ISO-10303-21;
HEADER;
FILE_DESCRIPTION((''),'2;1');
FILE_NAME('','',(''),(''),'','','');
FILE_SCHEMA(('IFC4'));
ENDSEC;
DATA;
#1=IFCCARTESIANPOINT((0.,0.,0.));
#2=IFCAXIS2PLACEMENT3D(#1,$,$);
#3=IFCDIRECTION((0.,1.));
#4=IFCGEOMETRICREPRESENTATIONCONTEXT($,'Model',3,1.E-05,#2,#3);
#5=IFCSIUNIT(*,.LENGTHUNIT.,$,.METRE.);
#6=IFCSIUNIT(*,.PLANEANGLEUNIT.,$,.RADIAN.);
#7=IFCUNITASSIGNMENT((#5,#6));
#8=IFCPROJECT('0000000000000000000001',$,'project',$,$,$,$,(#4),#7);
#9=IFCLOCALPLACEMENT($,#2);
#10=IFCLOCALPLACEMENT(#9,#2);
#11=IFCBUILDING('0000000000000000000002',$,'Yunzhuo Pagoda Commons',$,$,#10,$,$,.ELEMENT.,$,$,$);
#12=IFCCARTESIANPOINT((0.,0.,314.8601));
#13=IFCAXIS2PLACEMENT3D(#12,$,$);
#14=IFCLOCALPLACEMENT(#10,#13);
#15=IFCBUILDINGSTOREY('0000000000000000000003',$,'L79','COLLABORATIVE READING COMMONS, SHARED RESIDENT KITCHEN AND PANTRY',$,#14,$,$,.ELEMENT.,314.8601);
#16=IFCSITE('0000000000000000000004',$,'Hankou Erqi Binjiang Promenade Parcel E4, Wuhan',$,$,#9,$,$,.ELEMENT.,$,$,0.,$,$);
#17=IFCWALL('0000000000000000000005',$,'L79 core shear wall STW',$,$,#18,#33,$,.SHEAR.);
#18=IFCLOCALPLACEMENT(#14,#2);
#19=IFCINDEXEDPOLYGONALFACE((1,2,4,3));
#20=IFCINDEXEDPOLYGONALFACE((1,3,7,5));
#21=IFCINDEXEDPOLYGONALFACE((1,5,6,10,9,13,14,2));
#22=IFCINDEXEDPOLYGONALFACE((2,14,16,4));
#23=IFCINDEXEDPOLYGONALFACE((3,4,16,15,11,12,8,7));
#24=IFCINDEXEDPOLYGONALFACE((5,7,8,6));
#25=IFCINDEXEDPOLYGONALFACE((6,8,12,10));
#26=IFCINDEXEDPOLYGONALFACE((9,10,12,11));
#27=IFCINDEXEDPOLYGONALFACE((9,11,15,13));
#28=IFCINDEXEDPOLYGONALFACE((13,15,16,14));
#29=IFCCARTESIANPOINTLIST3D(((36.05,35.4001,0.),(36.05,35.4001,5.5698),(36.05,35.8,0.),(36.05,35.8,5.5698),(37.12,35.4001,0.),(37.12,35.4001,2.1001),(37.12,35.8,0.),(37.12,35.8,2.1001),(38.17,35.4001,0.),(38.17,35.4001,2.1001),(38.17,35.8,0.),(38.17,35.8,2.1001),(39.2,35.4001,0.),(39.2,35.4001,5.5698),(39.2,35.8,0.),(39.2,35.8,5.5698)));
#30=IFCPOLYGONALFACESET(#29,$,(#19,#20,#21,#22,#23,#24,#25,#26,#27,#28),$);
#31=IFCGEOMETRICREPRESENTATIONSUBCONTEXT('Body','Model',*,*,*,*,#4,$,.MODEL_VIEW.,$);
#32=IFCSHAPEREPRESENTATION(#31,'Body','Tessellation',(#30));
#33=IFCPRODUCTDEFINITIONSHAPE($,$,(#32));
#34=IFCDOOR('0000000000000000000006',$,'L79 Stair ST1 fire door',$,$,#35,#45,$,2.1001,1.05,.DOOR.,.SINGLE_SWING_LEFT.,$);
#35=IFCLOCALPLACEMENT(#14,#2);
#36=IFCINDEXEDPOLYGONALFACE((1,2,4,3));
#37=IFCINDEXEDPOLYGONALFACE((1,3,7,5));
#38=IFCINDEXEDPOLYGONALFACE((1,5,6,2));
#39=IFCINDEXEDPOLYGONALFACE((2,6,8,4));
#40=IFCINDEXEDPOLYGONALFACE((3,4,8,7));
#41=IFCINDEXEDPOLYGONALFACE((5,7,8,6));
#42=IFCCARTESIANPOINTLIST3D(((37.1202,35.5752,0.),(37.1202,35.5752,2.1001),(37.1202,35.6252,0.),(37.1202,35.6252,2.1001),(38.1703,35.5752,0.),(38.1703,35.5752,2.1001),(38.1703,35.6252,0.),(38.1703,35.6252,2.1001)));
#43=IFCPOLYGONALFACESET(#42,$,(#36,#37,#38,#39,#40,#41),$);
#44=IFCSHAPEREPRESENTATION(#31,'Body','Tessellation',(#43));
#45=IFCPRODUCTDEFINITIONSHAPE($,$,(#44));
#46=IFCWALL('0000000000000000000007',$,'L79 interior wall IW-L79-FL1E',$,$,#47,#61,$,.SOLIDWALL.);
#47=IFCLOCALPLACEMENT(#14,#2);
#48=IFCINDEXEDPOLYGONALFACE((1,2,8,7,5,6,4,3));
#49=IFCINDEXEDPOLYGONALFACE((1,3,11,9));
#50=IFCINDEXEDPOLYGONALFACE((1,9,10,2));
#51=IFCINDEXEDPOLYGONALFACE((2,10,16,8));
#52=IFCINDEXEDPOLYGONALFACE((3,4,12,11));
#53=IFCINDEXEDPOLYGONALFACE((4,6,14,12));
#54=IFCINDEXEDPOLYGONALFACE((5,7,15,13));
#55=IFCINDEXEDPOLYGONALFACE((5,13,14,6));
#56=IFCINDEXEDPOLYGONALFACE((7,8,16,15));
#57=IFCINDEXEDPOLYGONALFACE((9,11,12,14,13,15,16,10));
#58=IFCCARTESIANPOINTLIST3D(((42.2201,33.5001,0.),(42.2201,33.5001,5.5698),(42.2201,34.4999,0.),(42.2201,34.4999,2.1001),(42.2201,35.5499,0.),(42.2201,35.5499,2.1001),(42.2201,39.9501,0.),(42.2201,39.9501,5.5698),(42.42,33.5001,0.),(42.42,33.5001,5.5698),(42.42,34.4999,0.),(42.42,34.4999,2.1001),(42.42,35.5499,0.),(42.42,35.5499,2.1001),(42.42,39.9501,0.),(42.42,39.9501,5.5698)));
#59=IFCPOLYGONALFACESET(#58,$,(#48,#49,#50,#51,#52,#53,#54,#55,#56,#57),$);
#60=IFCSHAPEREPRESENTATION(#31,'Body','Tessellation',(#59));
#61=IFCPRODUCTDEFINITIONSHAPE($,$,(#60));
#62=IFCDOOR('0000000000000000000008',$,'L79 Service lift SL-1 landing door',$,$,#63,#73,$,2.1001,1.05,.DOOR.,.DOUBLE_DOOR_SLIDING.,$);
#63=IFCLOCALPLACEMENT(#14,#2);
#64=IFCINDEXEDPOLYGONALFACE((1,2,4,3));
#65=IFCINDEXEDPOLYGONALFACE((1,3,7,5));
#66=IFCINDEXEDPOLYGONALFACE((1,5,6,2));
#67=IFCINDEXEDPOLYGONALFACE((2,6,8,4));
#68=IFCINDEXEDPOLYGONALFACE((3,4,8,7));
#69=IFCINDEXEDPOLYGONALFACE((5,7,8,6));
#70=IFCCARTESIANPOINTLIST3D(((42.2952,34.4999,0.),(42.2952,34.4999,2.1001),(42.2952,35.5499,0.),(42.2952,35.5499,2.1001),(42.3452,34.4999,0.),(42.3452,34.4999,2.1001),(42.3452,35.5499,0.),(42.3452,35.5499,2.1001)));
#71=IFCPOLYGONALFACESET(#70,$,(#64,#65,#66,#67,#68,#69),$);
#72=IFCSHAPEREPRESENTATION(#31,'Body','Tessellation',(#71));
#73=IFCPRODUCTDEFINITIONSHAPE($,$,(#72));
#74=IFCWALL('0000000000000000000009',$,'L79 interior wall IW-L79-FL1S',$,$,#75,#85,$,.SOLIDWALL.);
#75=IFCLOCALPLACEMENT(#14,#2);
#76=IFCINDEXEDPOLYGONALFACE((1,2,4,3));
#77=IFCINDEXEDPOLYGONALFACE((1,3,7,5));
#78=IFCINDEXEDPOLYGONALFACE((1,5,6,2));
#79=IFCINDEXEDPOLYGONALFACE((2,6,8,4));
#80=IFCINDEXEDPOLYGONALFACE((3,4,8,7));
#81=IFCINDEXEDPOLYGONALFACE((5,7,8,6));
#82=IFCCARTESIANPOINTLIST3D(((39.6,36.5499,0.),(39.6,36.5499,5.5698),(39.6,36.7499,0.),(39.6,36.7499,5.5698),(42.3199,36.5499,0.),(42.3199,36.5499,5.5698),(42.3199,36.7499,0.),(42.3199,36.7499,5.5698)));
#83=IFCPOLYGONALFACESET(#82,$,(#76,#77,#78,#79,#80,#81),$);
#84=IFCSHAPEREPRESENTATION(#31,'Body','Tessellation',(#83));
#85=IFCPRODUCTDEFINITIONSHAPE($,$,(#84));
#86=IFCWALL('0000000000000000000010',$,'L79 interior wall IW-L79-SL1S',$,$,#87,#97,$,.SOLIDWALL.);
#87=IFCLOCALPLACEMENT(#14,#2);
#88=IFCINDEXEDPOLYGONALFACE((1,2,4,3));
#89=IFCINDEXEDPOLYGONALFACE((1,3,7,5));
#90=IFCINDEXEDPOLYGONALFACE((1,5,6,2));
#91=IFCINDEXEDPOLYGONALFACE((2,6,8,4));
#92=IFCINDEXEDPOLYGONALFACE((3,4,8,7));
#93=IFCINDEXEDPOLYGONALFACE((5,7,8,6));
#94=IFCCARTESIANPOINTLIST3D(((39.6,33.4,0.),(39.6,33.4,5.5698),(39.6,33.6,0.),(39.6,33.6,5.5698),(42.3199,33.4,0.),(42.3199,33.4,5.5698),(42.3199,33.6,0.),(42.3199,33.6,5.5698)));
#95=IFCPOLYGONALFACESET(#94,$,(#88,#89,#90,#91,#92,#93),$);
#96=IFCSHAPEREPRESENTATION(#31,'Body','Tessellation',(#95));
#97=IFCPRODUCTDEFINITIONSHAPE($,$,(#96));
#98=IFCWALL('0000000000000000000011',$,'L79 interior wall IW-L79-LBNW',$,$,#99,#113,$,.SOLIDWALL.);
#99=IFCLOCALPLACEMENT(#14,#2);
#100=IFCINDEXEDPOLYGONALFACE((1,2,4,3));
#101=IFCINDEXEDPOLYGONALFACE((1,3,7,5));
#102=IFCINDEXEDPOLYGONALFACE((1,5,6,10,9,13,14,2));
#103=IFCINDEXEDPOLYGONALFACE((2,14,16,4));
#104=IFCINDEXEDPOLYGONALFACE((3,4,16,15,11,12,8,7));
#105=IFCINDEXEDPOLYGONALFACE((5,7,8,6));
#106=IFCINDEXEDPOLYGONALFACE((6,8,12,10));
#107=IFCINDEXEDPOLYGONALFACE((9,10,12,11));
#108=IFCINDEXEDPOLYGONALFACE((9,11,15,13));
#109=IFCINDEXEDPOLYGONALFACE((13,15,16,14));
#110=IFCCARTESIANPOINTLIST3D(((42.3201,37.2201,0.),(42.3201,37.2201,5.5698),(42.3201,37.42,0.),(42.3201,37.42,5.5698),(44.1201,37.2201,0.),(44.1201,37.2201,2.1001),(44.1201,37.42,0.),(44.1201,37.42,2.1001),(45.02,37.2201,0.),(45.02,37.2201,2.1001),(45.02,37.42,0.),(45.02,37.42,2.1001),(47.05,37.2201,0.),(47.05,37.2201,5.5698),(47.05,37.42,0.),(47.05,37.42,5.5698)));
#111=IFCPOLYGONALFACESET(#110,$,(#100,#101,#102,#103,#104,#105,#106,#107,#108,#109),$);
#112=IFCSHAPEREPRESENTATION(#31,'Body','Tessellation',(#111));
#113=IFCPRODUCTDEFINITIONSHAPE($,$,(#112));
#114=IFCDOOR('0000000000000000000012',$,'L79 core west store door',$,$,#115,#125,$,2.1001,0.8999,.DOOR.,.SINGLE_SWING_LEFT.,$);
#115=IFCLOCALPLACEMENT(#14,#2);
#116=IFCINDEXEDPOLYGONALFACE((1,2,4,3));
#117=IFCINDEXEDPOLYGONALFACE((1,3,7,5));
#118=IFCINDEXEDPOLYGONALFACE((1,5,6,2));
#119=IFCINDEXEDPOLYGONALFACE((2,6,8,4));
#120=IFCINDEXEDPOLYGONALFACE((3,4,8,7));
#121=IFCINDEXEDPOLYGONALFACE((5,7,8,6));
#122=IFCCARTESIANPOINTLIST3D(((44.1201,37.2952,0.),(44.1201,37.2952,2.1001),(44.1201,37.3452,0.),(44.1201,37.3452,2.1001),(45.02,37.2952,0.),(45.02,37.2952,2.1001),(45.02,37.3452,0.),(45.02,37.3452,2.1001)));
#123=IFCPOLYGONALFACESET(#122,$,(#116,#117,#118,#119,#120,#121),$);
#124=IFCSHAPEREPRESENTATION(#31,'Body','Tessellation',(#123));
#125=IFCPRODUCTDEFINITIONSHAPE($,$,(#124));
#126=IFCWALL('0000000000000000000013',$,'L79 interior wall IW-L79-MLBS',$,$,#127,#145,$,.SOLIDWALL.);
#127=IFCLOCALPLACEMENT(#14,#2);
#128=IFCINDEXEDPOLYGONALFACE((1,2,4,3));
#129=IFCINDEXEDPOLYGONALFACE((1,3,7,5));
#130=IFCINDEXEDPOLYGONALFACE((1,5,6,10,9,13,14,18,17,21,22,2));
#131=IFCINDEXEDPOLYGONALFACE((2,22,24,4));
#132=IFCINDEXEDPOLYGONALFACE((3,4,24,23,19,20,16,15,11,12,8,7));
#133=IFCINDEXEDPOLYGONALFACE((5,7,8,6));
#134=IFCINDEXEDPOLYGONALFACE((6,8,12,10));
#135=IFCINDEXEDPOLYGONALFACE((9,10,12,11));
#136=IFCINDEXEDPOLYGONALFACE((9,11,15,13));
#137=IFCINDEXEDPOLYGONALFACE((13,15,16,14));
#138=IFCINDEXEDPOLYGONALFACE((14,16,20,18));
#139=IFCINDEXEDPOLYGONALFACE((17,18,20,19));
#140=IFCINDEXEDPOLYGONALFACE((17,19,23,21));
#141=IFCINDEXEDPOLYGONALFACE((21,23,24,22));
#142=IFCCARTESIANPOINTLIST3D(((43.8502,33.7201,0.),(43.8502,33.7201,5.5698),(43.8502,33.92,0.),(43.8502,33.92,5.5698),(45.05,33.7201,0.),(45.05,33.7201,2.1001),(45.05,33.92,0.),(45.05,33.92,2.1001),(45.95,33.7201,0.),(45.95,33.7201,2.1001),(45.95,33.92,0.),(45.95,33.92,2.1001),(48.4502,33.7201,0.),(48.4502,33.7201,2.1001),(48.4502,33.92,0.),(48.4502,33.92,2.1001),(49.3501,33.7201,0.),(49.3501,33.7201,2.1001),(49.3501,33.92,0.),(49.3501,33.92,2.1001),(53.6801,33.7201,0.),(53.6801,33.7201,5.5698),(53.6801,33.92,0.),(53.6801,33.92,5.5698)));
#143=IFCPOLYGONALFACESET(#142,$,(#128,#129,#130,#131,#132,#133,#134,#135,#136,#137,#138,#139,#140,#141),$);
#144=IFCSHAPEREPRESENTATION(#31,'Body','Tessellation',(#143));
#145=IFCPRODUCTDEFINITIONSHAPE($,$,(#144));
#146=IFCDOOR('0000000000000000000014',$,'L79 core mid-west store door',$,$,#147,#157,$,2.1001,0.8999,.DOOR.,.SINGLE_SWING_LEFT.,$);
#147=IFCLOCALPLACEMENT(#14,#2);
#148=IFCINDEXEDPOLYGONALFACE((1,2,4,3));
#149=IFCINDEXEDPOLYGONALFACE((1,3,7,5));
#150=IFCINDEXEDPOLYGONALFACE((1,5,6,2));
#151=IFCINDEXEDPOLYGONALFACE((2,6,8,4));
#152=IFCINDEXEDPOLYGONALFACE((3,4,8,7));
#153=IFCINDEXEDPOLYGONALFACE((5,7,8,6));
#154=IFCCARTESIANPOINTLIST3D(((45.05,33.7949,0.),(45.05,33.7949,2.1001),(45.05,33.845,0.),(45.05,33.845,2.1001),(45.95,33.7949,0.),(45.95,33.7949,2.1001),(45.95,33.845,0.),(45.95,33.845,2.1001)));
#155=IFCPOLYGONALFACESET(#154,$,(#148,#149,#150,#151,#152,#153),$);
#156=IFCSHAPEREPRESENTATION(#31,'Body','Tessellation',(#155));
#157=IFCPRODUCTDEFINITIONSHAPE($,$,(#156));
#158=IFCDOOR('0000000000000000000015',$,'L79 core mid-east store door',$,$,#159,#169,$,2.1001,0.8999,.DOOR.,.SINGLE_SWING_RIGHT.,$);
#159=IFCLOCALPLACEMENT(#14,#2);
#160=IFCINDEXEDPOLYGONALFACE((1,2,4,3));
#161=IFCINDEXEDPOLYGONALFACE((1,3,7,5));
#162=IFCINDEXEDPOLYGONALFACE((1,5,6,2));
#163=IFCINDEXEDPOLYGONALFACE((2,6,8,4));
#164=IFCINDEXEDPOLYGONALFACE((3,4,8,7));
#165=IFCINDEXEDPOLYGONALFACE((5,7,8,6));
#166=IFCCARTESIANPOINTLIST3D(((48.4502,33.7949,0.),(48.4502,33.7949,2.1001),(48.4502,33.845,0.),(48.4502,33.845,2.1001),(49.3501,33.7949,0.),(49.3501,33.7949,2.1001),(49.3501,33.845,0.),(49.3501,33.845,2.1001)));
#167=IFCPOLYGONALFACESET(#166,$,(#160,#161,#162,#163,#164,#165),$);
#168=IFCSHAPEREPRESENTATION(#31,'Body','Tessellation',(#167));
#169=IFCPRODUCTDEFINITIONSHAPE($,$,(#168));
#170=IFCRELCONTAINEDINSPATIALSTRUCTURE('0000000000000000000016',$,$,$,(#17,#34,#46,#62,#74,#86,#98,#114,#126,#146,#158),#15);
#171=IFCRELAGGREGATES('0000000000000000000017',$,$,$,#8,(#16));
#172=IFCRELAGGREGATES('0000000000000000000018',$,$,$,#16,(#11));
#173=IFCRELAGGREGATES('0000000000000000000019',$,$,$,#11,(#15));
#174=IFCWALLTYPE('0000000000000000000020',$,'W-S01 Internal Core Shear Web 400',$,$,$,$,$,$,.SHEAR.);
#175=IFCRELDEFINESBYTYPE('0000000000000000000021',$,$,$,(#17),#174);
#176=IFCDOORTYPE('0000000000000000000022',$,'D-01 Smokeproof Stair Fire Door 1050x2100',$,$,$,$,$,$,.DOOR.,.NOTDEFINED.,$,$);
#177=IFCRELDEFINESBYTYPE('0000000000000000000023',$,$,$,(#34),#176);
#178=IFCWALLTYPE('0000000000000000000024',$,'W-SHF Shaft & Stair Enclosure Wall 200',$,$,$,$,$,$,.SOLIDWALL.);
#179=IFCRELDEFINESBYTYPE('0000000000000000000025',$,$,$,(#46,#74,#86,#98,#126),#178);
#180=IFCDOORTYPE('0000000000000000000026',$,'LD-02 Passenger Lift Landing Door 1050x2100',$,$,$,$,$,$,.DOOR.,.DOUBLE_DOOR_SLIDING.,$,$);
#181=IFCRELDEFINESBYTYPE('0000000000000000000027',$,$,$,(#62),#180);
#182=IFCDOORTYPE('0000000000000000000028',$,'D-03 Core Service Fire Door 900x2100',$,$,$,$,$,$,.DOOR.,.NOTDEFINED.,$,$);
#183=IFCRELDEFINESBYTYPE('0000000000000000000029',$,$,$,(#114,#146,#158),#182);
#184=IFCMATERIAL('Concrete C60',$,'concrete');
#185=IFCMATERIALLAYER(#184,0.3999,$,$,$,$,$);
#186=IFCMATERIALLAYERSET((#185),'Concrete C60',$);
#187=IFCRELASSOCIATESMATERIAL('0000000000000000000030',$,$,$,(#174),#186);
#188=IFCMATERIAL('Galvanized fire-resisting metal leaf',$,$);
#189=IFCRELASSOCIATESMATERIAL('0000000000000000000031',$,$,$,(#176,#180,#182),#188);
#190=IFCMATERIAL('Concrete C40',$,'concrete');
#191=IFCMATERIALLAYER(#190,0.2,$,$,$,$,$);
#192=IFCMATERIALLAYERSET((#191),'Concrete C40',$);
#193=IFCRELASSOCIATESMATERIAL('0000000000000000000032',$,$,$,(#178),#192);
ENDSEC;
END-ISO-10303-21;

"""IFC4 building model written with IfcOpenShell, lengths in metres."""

from ifc_helpers import new_model, si_unit, direction, frame, frame_2d, origin, origin_with_axes, place, context, subcontext, project, spatial, rectangle, extrude, source, transform, mapped, material, layer, layer_set, type_object, element, fill, save


model = new_model("IFC4")

# Units and contexts
model_context = context("Model", 3, precision=1e-05, world=origin(), true_north=direction((0.0, 1.0)))
body_context = subcontext(model_context, "Body", "Model", "MODEL_VIEW")
ifc_project = project(units=[si_unit("LENGTHUNIT", "METRE"), si_unit("PLANEANGLEUNIT", "RADIAN")], contexts=[model_context])

# Site, building, storey
site_placement = place(None, origin())
site = spatial("IfcSite", under=ifc_project, at=site_placement, Name="Hankou Erqi Binjiang Promenade Parcel E4, Wuhan", CompositionType="ELEMENT", RefElevation=0.0)
building_placement = place(site_placement, origin())
building = spatial("IfcBuilding", under=site, at=building_placement, Name="Yunzhuo Pagoda Commons", CompositionType="ELEMENT")
storey_placement = place(building_placement, frame((0.0, 0.0, 314.8601)))
storey = spatial("IfcBuildingStorey", under=building, at=storey_placement, Name="L79", Description="COLLABORATIVE READING COMMONS, SHARED RESIDENT KITCHEN AND PANTRY", CompositionType="ELEMENT", Elevation=314.8601)

# Shared definitions
ifc_material_1 = material(Name="Galvanized fire-resisting metal leaf")
shared_shape_1 = source(origin(), body_context, "Body", "SweptSolid", [
    extrude(rectangle(XDim=1.05, YDim=2.1001, at=frame_2d((0.5249, 1.05))), frame((0.0, 0.0249, 0.0), z_axis=(0.0, -1.0, 0.0), x_axis=(1.0, 0.0, 0.0)), (0.0, 0.0, 1.0), 0.05),
])

# Walls, openings, doors
ifc_material_2 = material(Name="Concrete C60", Category="concrete")
ifc_layer_1 = layer(ifc_material_2, 0.3999)
ifc_layer_set_1 = layer_set([ifc_layer_1], Name="Concrete C60")
wall_type_1 = type_object("IfcWallType", Name="W-S01 Internal Core Shear Web 400", PredefinedType="SHEAR", material=ifc_layer_set_1)
wall_1_placement = place(storey_placement, frame((36.05, 35.6001, 0.0), z_axis=(0.0, 0.0, 1.0), x_axis=(1.0, 0.0, 0.0)))
wall_1 = element("IfcWall", 1, at=wall_1_placement, inside=storey, type_object=wall_type_1, Name="L79 core shear wall STW", PredefinedType="SHEAR", context=body_context, shape_type="SweptSolid", body=[
    extrude(rectangle(XDim=3.1499, YDim=0.3999, at=frame_2d((1.575, 0.0))), origin(), (0.0, 0.0, 1.0), 5.5698),
])
opening_1_placement = place(wall_1_placement, frame((1.0701, 0.0, 0.0)))
opening_1 = element("IfcOpeningElement", 2, at=opening_1_placement, cuts=wall_1, PredefinedType="OPENING", context=body_context, shape_type="SweptSolid", body=[
    extrude(rectangle(XDim=1.05, YDim=2.1001, at=frame_2d((0.5249, 1.05))), frame((0.0, 0.21, 0.0), z_axis=(0.0, -1.0, 0.0), x_axis=(1.0, 0.0, 0.0)), (0.0, 0.0, 1.0), 0.4199),
])
door_type_1 = type_object("IfcDoorType", Name="D-01 Smokeproof Stair Fire Door 1050x2100", OperationType="NOTDEFINED", PredefinedType="DOOR", material=ifc_material_1)
door_1_placement = place(opening_1_placement, frame((1.05, 0.0, 0.0), z_axis=(0.0, 0.0, 1.0), x_axis=(-1.0, 0.0, 0.0)))
door_1 = element("IfcDoor", 3, at=door_1_placement, inside=storey, type_object=door_type_1, Name="L79 Stair ST1 fire door", OperationType="SINGLE_SWING_LEFT", OverallHeight=2.1001, OverallWidth=1.05, PredefinedType="DOOR", context=body_context, shape_type="MappedRepresentation", body=[
    mapped(shared_shape_1, transform((0.0, 0.0, 0.0), scale=1.0)),
])
fill(opening_1, door_1)
ifc_material_3 = material(Name="Concrete C40", Category="concrete")
ifc_layer_2 = layer(ifc_material_3, 0.2)
ifc_layer_set_2 = layer_set([ifc_layer_2], Name="Concrete C40")
wall_type_2 = type_object("IfcWallType", Name="W-SHF Shaft & Stair Enclosure Wall 200", PredefinedType="SOLIDWALL", material=ifc_layer_set_2)
wall_2_placement = place(storey_placement, frame((42.3201, 33.5, 0.0), z_axis=(0.0, 0.0, 1.0), x_axis=(0.0, 1.0, 0.0)))
wall_2 = element("IfcWall", 4, at=wall_2_placement, inside=storey, type_object=wall_type_2, Name="L79 interior wall IW-L79-FL1E", PredefinedType="SOLIDWALL", context=body_context, shape_type="SweptSolid", body=[
    extrude(rectangle(XDim=6.45, YDim=0.2, at=frame_2d((3.2251, 0.0))), origin(), (0.0, 0.0, 1.0), 5.5698),
])
opening_2_placement = place(wall_2_placement, frame((1.0, 0.0, 0.0)))
opening_2 = element("IfcOpeningElement", 5, at=opening_2_placement, cuts=wall_2, PredefinedType="OPENING", context=body_context, shape_type="SweptSolid", body=[
    extrude(rectangle(XDim=1.05, YDim=2.1001, at=frame_2d((0.5249, 1.05))), frame((0.0, 0.1099, 0.0), z_axis=(0.0, -1.0, 0.0), x_axis=(1.0, 0.0, 0.0)), (0.0, 0.0, 1.0), 0.22),
])
door_type_2 = type_object("IfcDoorType", Name="LD-02 Passenger Lift Landing Door 1050x2100", OperationType="DOUBLE_DOOR_SLIDING", PredefinedType="DOOR", material=ifc_material_1)
door_2_placement = place(opening_2_placement, origin_with_axes())
door_2 = element("IfcDoor", 6, at=door_2_placement, inside=storey, type_object=door_type_2, Name="L79 Service lift SL-1 landing door", OperationType="DOUBLE_DOOR_SLIDING", OverallHeight=2.1001, OverallWidth=1.05, PredefinedType="DOOR", context=body_context, shape_type="MappedRepresentation", body=[
    mapped(shared_shape_1, transform((0.0, 0.0, 0.0), scale=1.0)),
])
fill(opening_2, door_2)

# Walls
for number, where, z_axis, x_axis, name in (
    (7, (39.6001, 36.6499, 0.0), (0.0, 0.0, 1.0), (1.0, 0.0, 0.0), "L79 interior wall IW-L79-FL1S"),
    (8, (39.6001, 33.5, 0.0), (0.0, 0.0, 1.0), (1.0, 0.0, 0.0), "L79 interior wall IW-L79-SL1S"),
):
    element("IfcWall", number, at=place(storey_placement, frame(where, z_axis=z_axis, x_axis=x_axis)), inside=storey, type_object=wall_type_2, Name=name, PredefinedType="SOLIDWALL", context=body_context, shape_type="SweptSolid", body=[
        extrude(rectangle(XDim=2.72, YDim=0.2, at=frame_2d((1.3599, 0.0))), origin(), (0.0, 0.0, 1.0), 5.5698),
    ])

# Wall, opening, door
wall_3_placement = place(storey_placement, frame((42.3201, 37.3201, 0.0), z_axis=(0.0, 0.0, 1.0), x_axis=(1.0, 0.0, 0.0)))
wall_3 = element("IfcWall", 9, at=wall_3_placement, inside=storey, type_object=wall_type_2, Name="L79 interior wall IW-L79-LBNW", PredefinedType="SOLIDWALL", context=body_context, shape_type="SweptSolid", body=[
    extrude(rectangle(XDim=4.73, YDim=0.2, at=frame_2d((2.365, 0.0))), origin(), (0.0, 0.0, 1.0), 5.5698),
])
opening_3_placement = place(wall_3_placement, frame((1.8, 0.0, 0.0)))
opening_3 = element("IfcOpeningElement", 10, at=opening_3_placement, cuts=wall_3, PredefinedType="OPENING", context=body_context, shape_type="SweptSolid", body=[
    extrude(rectangle(XDim=0.8999, YDim=2.1001, at=frame_2d((0.45, 1.05))), frame((0.0, 0.1099, 0.0), z_axis=(0.0, -1.0, 0.0), x_axis=(1.0, 0.0, 0.0)), (0.0, 0.0, 1.0), 0.22),
])
door_type_3 = type_object("IfcDoorType", Name="D-03 Core Service Fire Door 900x2100", OperationType="NOTDEFINED", PredefinedType="DOOR", material=ifc_material_1)
shared_shape_2 = source(origin(), body_context, "Body", "SweptSolid", [
    extrude(rectangle(XDim=0.8999, YDim=2.1001, at=frame_2d((0.45, 1.05))), frame((0.0, 0.0249, 0.0), z_axis=(0.0, -1.0, 0.0), x_axis=(1.0, 0.0, 0.0)), (0.0, 0.0, 1.0), 0.05),
])
door_3_placement = place(opening_3_placement, frame((0.8999, 0.0, 0.0), z_axis=(0.0, 0.0, 1.0), x_axis=(-1.0, 0.0, 0.0)))
door_3 = element("IfcDoor", 11, at=door_3_placement, inside=storey, type_object=door_type_3, Name="L79 core west store door", OperationType="SINGLE_SWING_LEFT", OverallHeight=2.1001, OverallWidth=0.8999, PredefinedType="DOOR", context=body_context, shape_type="MappedRepresentation", body=[
    mapped(shared_shape_2, transform((0.0, 0.0, 0.0), scale=1.0)),
])
fill(opening_3, door_3)

# Wall, openings, doors
wall_4_placement = place(storey_placement, frame((43.8501, 33.8201, 0.0), z_axis=(0.0, 0.0, 1.0), x_axis=(1.0, 0.0, 0.0)))
wall_4 = element("IfcWall", 12, at=wall_4_placement, inside=storey, type_object=wall_type_2, Name="L79 interior wall IW-L79-MLBS", PredefinedType="SOLIDWALL", context=body_context, shape_type="SweptSolid", body=[
    extrude(rectangle(XDim=9.8298, YDim=0.2, at=frame_2d((4.915, 0.0))), origin(), (0.0, 0.0, 1.0), 5.5698),
])
opening_4_placement = place(wall_4_placement, frame((1.2, 0.0, 0.0)))
opening_4 = element("IfcOpeningElement", 13, at=opening_4_placement, cuts=wall_4, PredefinedType="OPENING", context=body_context, shape_type="SweptSolid", body=[
    extrude(rectangle(XDim=0.8999, YDim=2.1001, at=frame_2d((0.45, 1.05))), frame((0.0, 0.1099, 0.0), z_axis=(0.0, -1.0, 0.0), x_axis=(1.0, 0.0, 0.0)), (0.0, 0.0, 1.0), 0.22),
])
opening_5_placement = place(wall_4_placement, frame((4.6001, 0.0, 0.0)))
opening_5 = element("IfcOpeningElement", 14, at=opening_5_placement, cuts=wall_4, PredefinedType="OPENING", context=body_context, shape_type="SweptSolid", body=[
    extrude(rectangle(XDim=0.8999, YDim=2.1001, at=frame_2d((0.45, 1.05))), frame((0.0, 0.1099, 0.0), z_axis=(0.0, -1.0, 0.0), x_axis=(1.0, 0.0, 0.0)), (0.0, 0.0, 1.0), 0.22),
])
door_4_placement = place(opening_4_placement, origin_with_axes())
door_4 = element("IfcDoor", 15, at=door_4_placement, inside=storey, type_object=door_type_3, Name="L79 core mid-west store door", OperationType="SINGLE_SWING_LEFT", OverallHeight=2.1001, OverallWidth=0.8999, PredefinedType="DOOR", context=body_context, shape_type="MappedRepresentation", body=[
    mapped(shared_shape_2, transform((0.0, 0.0, 0.0), scale=1.0)),
])
fill(opening_4, door_4)
door_5_placement = place(opening_5_placement, origin_with_axes())
door_5 = element("IfcDoor", 16, at=door_5_placement, inside=storey, type_object=door_type_3, Name="L79 core mid-east store door", OperationType="SINGLE_SWING_RIGHT", OverallHeight=2.1001, OverallWidth=0.8999, PredefinedType="DOOR", context=body_context, shape_type="MappedRepresentation", body=[
    mapped(shared_shape_2, transform((0.0, 0.0, 0.0), scale=1.0)),
])
fill(opening_5, door_5)

save(model, "model.ifc")
